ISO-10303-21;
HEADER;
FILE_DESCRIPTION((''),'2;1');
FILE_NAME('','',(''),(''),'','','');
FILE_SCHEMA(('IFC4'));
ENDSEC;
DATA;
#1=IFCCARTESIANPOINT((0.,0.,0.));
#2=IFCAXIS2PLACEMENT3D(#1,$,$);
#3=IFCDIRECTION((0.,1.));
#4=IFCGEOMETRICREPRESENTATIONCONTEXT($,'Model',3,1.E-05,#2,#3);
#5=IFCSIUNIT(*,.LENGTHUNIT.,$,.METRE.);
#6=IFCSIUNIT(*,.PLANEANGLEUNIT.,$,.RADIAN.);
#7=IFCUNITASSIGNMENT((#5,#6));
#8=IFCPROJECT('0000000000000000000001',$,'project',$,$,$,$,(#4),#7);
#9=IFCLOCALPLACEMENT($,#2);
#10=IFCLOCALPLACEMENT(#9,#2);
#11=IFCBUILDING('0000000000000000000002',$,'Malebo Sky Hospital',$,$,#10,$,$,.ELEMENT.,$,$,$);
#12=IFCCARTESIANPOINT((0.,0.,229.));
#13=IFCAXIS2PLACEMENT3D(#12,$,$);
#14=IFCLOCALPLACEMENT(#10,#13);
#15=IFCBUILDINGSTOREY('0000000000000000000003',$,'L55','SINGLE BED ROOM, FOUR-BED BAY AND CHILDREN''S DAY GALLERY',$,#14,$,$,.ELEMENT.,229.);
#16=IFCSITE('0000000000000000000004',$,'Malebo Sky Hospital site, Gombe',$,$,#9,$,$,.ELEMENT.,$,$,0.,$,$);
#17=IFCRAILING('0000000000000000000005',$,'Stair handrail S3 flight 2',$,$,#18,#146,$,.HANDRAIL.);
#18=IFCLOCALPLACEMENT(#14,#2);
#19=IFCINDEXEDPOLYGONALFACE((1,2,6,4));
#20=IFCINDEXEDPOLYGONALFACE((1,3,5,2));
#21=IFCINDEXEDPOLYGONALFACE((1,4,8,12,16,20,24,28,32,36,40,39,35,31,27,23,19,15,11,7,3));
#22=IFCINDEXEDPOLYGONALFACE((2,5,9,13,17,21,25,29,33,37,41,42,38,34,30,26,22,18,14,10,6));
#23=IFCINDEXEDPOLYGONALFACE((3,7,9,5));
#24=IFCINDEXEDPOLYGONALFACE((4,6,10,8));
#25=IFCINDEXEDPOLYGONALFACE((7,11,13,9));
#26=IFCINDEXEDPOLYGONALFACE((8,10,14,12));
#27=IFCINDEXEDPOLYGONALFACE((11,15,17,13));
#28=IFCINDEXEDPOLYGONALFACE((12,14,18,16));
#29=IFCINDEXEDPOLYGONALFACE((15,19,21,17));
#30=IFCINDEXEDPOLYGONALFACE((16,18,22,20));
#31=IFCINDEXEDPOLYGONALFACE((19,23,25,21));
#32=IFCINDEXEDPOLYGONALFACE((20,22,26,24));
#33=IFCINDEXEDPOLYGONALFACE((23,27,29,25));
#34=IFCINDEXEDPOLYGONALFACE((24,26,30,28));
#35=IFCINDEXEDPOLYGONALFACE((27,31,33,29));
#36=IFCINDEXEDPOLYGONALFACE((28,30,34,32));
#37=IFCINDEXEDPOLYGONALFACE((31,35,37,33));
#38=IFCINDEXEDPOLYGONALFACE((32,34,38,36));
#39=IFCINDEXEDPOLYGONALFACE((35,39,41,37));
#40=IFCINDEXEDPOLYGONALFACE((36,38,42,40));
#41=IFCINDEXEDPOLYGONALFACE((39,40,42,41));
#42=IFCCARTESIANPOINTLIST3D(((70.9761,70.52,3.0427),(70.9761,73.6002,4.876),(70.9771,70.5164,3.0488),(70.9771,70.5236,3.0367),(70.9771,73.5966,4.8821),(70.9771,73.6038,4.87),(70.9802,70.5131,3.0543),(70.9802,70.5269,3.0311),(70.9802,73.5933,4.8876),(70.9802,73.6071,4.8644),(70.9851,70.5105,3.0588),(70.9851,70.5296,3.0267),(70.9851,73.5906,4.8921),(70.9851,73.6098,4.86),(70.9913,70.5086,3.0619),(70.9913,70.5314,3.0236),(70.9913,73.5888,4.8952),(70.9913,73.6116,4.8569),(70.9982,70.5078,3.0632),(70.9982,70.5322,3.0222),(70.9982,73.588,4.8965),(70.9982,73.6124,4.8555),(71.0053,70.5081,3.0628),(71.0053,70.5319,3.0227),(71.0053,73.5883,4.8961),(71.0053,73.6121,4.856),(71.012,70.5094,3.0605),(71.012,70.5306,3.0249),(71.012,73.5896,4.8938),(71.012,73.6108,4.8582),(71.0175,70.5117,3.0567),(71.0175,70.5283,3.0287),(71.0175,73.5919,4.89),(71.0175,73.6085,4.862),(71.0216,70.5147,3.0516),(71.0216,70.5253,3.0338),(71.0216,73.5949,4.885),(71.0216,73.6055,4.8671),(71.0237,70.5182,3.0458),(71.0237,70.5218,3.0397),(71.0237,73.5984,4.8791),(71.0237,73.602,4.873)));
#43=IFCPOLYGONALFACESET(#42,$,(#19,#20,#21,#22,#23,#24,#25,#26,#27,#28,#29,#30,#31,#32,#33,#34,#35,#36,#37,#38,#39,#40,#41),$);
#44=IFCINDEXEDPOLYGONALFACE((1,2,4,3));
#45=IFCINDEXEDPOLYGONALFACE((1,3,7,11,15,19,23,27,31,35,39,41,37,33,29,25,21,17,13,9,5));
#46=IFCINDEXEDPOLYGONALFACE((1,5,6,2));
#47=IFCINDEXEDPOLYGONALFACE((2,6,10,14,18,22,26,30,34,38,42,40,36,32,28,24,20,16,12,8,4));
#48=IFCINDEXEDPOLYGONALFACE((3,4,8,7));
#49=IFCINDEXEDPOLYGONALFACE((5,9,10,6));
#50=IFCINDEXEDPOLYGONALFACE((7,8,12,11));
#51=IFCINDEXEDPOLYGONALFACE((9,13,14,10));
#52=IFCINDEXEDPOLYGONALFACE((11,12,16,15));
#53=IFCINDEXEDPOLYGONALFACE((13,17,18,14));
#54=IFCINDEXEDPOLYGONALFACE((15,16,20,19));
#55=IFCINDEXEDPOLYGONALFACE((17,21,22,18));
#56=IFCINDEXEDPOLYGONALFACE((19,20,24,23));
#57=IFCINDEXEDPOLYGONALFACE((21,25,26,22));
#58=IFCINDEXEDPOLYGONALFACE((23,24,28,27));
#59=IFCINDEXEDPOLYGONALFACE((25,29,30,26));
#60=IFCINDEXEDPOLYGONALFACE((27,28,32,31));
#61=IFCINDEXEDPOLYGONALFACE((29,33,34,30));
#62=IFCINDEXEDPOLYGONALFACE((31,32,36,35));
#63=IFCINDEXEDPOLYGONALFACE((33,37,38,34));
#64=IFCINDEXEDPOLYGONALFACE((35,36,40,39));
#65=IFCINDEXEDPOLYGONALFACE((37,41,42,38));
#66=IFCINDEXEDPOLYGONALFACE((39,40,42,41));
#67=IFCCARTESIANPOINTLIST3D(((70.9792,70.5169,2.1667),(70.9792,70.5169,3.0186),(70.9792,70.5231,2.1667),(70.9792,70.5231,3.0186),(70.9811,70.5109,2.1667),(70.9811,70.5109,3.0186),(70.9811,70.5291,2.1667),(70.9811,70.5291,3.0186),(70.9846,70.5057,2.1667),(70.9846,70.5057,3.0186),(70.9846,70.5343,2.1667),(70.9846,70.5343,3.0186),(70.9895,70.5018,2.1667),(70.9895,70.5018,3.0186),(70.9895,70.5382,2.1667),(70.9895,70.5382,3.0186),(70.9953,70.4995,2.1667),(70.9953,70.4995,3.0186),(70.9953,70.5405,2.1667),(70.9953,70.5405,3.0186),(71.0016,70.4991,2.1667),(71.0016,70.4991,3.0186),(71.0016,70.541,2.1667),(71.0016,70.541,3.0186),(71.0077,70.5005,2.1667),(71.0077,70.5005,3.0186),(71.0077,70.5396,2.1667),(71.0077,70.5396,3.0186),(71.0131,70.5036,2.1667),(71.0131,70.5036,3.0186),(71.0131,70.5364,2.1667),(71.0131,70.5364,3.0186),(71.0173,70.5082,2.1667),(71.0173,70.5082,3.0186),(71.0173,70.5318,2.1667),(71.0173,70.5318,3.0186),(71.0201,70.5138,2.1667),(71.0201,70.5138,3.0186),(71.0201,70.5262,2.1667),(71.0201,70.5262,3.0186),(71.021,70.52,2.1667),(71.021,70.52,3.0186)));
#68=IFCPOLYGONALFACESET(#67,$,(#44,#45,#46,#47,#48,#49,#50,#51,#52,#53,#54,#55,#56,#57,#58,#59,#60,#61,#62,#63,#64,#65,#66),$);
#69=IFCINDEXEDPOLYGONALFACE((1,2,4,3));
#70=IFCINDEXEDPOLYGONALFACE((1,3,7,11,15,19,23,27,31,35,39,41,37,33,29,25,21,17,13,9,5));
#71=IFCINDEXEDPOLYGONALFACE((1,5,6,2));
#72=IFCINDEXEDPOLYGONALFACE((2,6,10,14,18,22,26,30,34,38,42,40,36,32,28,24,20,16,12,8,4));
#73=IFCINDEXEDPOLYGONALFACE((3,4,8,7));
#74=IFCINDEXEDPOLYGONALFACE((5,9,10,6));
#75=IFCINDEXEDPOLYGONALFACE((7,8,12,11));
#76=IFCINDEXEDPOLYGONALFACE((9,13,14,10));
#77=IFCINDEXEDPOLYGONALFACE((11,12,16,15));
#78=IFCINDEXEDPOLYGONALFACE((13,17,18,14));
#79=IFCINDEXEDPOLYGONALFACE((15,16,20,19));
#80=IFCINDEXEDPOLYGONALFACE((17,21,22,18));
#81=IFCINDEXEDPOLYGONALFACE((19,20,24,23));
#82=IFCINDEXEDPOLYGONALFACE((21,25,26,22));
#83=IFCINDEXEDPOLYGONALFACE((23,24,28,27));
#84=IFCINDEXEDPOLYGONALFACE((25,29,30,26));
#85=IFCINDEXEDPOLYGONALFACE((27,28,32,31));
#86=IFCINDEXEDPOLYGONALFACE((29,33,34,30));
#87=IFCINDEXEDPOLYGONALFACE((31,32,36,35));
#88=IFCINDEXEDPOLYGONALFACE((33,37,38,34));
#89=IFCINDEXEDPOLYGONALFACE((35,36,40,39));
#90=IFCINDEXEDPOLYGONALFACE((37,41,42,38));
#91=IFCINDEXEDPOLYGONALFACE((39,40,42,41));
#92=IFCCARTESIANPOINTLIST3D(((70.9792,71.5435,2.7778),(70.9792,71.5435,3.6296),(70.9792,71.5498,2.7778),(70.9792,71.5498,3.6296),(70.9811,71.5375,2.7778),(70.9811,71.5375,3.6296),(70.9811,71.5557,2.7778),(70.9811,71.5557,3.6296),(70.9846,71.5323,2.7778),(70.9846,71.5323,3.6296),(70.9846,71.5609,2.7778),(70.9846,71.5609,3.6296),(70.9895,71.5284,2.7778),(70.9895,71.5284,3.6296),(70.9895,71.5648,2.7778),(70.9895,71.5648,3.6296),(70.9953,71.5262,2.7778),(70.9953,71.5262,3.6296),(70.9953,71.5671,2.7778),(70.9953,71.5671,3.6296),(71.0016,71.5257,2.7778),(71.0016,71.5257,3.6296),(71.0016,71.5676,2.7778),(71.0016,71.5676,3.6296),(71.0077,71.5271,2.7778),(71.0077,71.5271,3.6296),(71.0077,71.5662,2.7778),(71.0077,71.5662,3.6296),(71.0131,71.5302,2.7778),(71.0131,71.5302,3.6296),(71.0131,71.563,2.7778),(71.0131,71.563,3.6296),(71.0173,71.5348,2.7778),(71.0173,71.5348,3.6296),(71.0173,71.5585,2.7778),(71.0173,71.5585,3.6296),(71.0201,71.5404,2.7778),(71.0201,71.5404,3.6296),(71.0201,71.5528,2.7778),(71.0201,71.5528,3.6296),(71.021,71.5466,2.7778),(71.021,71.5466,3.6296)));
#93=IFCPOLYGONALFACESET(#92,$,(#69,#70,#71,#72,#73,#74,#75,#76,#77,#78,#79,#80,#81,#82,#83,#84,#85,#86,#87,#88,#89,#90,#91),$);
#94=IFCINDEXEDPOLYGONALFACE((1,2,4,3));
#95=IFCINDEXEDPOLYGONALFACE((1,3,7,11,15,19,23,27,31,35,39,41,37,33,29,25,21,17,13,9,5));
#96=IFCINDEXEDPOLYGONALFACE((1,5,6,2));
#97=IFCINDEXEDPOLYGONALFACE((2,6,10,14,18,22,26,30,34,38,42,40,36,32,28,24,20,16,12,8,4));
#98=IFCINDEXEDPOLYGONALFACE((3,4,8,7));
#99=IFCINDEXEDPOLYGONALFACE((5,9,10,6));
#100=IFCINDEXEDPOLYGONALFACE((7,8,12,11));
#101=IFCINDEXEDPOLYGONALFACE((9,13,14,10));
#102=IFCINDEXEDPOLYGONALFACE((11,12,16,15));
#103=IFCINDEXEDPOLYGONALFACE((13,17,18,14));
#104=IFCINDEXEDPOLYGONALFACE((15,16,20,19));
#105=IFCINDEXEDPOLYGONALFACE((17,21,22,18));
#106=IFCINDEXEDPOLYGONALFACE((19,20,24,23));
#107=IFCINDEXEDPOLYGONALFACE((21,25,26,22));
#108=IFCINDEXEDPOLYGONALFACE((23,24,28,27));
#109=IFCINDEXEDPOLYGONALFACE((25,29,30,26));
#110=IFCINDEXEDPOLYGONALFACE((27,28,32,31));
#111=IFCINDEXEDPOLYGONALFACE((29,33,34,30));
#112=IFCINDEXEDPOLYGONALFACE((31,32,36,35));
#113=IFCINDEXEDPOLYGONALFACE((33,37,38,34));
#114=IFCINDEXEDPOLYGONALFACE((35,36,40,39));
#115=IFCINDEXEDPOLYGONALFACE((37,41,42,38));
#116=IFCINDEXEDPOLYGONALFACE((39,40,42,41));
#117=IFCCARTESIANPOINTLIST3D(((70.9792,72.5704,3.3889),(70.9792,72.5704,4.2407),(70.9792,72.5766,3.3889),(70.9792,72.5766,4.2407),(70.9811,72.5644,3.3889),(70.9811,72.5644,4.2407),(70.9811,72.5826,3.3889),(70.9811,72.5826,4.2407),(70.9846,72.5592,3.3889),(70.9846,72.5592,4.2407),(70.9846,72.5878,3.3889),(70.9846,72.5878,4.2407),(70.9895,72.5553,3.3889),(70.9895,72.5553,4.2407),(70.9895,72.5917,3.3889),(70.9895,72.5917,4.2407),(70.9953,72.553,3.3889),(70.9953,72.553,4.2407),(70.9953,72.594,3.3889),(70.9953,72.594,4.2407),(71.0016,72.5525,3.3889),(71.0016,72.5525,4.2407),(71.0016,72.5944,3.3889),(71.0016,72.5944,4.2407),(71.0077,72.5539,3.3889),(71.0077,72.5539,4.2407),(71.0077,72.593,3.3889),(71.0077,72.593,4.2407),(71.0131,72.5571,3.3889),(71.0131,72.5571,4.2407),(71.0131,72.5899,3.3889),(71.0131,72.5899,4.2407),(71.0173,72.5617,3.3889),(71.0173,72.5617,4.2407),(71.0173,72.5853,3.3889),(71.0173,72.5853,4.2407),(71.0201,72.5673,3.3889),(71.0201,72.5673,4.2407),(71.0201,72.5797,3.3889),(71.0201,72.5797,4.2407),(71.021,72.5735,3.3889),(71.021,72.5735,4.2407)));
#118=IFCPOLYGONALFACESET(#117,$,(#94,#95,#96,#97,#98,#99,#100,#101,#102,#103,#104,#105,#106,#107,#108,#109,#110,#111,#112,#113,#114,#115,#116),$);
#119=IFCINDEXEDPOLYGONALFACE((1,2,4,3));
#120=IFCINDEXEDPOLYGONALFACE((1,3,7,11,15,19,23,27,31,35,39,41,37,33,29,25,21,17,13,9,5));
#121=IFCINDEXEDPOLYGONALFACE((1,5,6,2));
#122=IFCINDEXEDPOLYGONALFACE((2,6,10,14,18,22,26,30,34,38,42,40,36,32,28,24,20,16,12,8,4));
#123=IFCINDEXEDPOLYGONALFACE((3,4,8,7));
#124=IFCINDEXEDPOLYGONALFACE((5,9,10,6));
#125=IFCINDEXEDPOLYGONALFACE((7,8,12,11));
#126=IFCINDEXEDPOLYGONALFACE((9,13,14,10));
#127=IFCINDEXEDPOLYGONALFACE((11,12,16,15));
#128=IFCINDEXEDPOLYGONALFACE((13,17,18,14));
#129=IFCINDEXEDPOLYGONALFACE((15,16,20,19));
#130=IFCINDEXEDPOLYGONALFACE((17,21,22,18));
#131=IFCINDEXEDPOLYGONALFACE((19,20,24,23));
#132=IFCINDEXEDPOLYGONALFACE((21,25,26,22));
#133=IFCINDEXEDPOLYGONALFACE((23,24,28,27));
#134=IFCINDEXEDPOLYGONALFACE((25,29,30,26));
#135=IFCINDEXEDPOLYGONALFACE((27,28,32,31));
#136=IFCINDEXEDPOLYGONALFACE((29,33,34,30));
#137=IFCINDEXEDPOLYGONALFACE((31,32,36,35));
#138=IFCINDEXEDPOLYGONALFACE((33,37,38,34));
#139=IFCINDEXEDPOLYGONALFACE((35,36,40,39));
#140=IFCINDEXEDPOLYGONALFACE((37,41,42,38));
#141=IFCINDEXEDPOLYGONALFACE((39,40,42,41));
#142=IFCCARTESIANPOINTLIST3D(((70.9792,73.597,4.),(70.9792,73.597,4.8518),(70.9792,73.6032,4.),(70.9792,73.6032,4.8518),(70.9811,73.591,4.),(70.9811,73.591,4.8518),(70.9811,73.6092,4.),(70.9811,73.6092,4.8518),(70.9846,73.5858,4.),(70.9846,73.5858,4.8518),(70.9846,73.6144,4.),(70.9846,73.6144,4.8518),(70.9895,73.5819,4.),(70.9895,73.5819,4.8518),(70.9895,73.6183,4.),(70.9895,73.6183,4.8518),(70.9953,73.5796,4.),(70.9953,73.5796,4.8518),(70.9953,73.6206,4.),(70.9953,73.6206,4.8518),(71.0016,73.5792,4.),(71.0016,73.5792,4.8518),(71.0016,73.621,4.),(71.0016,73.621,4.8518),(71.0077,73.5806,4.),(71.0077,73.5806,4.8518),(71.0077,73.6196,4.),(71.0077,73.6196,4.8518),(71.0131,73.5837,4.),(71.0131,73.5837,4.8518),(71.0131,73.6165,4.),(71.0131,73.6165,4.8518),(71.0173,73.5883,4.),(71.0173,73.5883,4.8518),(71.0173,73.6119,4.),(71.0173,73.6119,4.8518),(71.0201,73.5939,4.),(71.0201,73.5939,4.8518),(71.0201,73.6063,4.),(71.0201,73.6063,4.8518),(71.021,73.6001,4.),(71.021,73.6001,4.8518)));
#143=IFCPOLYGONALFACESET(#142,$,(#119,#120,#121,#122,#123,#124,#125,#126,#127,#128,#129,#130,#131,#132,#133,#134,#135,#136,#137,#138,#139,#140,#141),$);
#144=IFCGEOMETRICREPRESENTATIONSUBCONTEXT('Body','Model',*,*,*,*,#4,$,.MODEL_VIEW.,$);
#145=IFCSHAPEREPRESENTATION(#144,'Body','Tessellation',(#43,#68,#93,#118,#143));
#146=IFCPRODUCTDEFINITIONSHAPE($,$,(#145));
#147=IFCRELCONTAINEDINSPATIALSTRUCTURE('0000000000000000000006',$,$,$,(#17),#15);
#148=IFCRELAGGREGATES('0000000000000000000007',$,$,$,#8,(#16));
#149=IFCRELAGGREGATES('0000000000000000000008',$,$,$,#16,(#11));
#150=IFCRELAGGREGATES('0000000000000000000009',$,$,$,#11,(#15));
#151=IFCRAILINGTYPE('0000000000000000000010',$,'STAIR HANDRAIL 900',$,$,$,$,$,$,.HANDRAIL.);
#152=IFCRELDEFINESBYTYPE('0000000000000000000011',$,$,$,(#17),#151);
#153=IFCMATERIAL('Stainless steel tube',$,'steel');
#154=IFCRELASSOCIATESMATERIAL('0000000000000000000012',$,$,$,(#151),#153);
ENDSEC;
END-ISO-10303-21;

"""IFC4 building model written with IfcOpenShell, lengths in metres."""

from ifc_helpers import new_model, si_unit, direction, frame, origin, origin_2d, place, context, subcontext, project, spatial, circle, extrude, material, type_object, element, save


model = new_model("IFC4")

# Units and contexts
model_context = context("Model", 3, precision=1e-05, world=origin(), true_north=direction((0.0, 1.0)))
body_context = subcontext(model_context, "Body", "Model", "MODEL_VIEW")
ifc_project = project(units=[si_unit("LENGTHUNIT", "METRE"), si_unit("PLANEANGLEUNIT", "RADIAN")], contexts=[model_context])

# Site, building, storey
site_placement = place(None, origin())
site = spatial("IfcSite", under=ifc_project, at=site_placement, Name="Malebo Sky Hospital site, Gombe", CompositionType="ELEMENT", RefElevation=0.0)
building_placement = place(site_placement, origin())
building = spatial("IfcBuilding", under=site, at=building_placement, Name="Malebo Sky Hospital", CompositionType="ELEMENT")
storey_placement = place(building_placement, frame((0.0, 0.0, 229.0)))
storey = spatial("IfcBuildingStorey", under=building, at=storey_placement, Name="L55", Description="SINGLE BED ROOM, FOUR-BED BAY AND CHILDREN'S DAY GALLERY", CompositionType="ELEMENT", Elevation=229.0)

# Railing
ifc_material_1 = material(Name="Stainless steel tube", Category="steel")
railing_type = type_object("IfcRailingType", Name="STAIR HANDRAIL 900", PredefinedType="HANDRAIL", material=ifc_material_1)
railing_1_placement = place(storey_placement, frame((71.0, 70.52, 2.1667)))
element("IfcRailing", 1, at=railing_1_placement, inside=storey, type_object=railing_type, Name="Stair handrail S3 flight 2", PredefinedType="HANDRAIL", context=body_context, shape_type="SweptSolid", body=[
    extrude(circle(Radius=0.0239, at=origin_2d()), frame((0.0, 0.0, 0.876), z_axis=(0.0, 0.859309, 0.511458), x_axis=(-1.0, 0.0, 0.0)), (0.0, 0.0, 1.0), 3.5845),
    extrude(circle(Radius=0.021, at=origin_2d()), origin(), (0.0, 0.0, 1.0), 0.8518),
    extrude(circle(Radius=0.021, at=origin_2d()), frame((0.0, 1.0266, 0.6111)), (0.0, 0.0, 1.0), 0.8518),
    extrude(circle(Radius=0.021, at=origin_2d()), frame((0.0, 2.0535, 1.2222)), (0.0, 0.0, 1.0), 0.8518),
    extrude(circle(Radius=0.021, at=origin_2d()), frame((0.0, 3.0801, 1.8333)), (0.0, 0.0, 1.0), 0.8518),
])

save(model, "model.ifc")
